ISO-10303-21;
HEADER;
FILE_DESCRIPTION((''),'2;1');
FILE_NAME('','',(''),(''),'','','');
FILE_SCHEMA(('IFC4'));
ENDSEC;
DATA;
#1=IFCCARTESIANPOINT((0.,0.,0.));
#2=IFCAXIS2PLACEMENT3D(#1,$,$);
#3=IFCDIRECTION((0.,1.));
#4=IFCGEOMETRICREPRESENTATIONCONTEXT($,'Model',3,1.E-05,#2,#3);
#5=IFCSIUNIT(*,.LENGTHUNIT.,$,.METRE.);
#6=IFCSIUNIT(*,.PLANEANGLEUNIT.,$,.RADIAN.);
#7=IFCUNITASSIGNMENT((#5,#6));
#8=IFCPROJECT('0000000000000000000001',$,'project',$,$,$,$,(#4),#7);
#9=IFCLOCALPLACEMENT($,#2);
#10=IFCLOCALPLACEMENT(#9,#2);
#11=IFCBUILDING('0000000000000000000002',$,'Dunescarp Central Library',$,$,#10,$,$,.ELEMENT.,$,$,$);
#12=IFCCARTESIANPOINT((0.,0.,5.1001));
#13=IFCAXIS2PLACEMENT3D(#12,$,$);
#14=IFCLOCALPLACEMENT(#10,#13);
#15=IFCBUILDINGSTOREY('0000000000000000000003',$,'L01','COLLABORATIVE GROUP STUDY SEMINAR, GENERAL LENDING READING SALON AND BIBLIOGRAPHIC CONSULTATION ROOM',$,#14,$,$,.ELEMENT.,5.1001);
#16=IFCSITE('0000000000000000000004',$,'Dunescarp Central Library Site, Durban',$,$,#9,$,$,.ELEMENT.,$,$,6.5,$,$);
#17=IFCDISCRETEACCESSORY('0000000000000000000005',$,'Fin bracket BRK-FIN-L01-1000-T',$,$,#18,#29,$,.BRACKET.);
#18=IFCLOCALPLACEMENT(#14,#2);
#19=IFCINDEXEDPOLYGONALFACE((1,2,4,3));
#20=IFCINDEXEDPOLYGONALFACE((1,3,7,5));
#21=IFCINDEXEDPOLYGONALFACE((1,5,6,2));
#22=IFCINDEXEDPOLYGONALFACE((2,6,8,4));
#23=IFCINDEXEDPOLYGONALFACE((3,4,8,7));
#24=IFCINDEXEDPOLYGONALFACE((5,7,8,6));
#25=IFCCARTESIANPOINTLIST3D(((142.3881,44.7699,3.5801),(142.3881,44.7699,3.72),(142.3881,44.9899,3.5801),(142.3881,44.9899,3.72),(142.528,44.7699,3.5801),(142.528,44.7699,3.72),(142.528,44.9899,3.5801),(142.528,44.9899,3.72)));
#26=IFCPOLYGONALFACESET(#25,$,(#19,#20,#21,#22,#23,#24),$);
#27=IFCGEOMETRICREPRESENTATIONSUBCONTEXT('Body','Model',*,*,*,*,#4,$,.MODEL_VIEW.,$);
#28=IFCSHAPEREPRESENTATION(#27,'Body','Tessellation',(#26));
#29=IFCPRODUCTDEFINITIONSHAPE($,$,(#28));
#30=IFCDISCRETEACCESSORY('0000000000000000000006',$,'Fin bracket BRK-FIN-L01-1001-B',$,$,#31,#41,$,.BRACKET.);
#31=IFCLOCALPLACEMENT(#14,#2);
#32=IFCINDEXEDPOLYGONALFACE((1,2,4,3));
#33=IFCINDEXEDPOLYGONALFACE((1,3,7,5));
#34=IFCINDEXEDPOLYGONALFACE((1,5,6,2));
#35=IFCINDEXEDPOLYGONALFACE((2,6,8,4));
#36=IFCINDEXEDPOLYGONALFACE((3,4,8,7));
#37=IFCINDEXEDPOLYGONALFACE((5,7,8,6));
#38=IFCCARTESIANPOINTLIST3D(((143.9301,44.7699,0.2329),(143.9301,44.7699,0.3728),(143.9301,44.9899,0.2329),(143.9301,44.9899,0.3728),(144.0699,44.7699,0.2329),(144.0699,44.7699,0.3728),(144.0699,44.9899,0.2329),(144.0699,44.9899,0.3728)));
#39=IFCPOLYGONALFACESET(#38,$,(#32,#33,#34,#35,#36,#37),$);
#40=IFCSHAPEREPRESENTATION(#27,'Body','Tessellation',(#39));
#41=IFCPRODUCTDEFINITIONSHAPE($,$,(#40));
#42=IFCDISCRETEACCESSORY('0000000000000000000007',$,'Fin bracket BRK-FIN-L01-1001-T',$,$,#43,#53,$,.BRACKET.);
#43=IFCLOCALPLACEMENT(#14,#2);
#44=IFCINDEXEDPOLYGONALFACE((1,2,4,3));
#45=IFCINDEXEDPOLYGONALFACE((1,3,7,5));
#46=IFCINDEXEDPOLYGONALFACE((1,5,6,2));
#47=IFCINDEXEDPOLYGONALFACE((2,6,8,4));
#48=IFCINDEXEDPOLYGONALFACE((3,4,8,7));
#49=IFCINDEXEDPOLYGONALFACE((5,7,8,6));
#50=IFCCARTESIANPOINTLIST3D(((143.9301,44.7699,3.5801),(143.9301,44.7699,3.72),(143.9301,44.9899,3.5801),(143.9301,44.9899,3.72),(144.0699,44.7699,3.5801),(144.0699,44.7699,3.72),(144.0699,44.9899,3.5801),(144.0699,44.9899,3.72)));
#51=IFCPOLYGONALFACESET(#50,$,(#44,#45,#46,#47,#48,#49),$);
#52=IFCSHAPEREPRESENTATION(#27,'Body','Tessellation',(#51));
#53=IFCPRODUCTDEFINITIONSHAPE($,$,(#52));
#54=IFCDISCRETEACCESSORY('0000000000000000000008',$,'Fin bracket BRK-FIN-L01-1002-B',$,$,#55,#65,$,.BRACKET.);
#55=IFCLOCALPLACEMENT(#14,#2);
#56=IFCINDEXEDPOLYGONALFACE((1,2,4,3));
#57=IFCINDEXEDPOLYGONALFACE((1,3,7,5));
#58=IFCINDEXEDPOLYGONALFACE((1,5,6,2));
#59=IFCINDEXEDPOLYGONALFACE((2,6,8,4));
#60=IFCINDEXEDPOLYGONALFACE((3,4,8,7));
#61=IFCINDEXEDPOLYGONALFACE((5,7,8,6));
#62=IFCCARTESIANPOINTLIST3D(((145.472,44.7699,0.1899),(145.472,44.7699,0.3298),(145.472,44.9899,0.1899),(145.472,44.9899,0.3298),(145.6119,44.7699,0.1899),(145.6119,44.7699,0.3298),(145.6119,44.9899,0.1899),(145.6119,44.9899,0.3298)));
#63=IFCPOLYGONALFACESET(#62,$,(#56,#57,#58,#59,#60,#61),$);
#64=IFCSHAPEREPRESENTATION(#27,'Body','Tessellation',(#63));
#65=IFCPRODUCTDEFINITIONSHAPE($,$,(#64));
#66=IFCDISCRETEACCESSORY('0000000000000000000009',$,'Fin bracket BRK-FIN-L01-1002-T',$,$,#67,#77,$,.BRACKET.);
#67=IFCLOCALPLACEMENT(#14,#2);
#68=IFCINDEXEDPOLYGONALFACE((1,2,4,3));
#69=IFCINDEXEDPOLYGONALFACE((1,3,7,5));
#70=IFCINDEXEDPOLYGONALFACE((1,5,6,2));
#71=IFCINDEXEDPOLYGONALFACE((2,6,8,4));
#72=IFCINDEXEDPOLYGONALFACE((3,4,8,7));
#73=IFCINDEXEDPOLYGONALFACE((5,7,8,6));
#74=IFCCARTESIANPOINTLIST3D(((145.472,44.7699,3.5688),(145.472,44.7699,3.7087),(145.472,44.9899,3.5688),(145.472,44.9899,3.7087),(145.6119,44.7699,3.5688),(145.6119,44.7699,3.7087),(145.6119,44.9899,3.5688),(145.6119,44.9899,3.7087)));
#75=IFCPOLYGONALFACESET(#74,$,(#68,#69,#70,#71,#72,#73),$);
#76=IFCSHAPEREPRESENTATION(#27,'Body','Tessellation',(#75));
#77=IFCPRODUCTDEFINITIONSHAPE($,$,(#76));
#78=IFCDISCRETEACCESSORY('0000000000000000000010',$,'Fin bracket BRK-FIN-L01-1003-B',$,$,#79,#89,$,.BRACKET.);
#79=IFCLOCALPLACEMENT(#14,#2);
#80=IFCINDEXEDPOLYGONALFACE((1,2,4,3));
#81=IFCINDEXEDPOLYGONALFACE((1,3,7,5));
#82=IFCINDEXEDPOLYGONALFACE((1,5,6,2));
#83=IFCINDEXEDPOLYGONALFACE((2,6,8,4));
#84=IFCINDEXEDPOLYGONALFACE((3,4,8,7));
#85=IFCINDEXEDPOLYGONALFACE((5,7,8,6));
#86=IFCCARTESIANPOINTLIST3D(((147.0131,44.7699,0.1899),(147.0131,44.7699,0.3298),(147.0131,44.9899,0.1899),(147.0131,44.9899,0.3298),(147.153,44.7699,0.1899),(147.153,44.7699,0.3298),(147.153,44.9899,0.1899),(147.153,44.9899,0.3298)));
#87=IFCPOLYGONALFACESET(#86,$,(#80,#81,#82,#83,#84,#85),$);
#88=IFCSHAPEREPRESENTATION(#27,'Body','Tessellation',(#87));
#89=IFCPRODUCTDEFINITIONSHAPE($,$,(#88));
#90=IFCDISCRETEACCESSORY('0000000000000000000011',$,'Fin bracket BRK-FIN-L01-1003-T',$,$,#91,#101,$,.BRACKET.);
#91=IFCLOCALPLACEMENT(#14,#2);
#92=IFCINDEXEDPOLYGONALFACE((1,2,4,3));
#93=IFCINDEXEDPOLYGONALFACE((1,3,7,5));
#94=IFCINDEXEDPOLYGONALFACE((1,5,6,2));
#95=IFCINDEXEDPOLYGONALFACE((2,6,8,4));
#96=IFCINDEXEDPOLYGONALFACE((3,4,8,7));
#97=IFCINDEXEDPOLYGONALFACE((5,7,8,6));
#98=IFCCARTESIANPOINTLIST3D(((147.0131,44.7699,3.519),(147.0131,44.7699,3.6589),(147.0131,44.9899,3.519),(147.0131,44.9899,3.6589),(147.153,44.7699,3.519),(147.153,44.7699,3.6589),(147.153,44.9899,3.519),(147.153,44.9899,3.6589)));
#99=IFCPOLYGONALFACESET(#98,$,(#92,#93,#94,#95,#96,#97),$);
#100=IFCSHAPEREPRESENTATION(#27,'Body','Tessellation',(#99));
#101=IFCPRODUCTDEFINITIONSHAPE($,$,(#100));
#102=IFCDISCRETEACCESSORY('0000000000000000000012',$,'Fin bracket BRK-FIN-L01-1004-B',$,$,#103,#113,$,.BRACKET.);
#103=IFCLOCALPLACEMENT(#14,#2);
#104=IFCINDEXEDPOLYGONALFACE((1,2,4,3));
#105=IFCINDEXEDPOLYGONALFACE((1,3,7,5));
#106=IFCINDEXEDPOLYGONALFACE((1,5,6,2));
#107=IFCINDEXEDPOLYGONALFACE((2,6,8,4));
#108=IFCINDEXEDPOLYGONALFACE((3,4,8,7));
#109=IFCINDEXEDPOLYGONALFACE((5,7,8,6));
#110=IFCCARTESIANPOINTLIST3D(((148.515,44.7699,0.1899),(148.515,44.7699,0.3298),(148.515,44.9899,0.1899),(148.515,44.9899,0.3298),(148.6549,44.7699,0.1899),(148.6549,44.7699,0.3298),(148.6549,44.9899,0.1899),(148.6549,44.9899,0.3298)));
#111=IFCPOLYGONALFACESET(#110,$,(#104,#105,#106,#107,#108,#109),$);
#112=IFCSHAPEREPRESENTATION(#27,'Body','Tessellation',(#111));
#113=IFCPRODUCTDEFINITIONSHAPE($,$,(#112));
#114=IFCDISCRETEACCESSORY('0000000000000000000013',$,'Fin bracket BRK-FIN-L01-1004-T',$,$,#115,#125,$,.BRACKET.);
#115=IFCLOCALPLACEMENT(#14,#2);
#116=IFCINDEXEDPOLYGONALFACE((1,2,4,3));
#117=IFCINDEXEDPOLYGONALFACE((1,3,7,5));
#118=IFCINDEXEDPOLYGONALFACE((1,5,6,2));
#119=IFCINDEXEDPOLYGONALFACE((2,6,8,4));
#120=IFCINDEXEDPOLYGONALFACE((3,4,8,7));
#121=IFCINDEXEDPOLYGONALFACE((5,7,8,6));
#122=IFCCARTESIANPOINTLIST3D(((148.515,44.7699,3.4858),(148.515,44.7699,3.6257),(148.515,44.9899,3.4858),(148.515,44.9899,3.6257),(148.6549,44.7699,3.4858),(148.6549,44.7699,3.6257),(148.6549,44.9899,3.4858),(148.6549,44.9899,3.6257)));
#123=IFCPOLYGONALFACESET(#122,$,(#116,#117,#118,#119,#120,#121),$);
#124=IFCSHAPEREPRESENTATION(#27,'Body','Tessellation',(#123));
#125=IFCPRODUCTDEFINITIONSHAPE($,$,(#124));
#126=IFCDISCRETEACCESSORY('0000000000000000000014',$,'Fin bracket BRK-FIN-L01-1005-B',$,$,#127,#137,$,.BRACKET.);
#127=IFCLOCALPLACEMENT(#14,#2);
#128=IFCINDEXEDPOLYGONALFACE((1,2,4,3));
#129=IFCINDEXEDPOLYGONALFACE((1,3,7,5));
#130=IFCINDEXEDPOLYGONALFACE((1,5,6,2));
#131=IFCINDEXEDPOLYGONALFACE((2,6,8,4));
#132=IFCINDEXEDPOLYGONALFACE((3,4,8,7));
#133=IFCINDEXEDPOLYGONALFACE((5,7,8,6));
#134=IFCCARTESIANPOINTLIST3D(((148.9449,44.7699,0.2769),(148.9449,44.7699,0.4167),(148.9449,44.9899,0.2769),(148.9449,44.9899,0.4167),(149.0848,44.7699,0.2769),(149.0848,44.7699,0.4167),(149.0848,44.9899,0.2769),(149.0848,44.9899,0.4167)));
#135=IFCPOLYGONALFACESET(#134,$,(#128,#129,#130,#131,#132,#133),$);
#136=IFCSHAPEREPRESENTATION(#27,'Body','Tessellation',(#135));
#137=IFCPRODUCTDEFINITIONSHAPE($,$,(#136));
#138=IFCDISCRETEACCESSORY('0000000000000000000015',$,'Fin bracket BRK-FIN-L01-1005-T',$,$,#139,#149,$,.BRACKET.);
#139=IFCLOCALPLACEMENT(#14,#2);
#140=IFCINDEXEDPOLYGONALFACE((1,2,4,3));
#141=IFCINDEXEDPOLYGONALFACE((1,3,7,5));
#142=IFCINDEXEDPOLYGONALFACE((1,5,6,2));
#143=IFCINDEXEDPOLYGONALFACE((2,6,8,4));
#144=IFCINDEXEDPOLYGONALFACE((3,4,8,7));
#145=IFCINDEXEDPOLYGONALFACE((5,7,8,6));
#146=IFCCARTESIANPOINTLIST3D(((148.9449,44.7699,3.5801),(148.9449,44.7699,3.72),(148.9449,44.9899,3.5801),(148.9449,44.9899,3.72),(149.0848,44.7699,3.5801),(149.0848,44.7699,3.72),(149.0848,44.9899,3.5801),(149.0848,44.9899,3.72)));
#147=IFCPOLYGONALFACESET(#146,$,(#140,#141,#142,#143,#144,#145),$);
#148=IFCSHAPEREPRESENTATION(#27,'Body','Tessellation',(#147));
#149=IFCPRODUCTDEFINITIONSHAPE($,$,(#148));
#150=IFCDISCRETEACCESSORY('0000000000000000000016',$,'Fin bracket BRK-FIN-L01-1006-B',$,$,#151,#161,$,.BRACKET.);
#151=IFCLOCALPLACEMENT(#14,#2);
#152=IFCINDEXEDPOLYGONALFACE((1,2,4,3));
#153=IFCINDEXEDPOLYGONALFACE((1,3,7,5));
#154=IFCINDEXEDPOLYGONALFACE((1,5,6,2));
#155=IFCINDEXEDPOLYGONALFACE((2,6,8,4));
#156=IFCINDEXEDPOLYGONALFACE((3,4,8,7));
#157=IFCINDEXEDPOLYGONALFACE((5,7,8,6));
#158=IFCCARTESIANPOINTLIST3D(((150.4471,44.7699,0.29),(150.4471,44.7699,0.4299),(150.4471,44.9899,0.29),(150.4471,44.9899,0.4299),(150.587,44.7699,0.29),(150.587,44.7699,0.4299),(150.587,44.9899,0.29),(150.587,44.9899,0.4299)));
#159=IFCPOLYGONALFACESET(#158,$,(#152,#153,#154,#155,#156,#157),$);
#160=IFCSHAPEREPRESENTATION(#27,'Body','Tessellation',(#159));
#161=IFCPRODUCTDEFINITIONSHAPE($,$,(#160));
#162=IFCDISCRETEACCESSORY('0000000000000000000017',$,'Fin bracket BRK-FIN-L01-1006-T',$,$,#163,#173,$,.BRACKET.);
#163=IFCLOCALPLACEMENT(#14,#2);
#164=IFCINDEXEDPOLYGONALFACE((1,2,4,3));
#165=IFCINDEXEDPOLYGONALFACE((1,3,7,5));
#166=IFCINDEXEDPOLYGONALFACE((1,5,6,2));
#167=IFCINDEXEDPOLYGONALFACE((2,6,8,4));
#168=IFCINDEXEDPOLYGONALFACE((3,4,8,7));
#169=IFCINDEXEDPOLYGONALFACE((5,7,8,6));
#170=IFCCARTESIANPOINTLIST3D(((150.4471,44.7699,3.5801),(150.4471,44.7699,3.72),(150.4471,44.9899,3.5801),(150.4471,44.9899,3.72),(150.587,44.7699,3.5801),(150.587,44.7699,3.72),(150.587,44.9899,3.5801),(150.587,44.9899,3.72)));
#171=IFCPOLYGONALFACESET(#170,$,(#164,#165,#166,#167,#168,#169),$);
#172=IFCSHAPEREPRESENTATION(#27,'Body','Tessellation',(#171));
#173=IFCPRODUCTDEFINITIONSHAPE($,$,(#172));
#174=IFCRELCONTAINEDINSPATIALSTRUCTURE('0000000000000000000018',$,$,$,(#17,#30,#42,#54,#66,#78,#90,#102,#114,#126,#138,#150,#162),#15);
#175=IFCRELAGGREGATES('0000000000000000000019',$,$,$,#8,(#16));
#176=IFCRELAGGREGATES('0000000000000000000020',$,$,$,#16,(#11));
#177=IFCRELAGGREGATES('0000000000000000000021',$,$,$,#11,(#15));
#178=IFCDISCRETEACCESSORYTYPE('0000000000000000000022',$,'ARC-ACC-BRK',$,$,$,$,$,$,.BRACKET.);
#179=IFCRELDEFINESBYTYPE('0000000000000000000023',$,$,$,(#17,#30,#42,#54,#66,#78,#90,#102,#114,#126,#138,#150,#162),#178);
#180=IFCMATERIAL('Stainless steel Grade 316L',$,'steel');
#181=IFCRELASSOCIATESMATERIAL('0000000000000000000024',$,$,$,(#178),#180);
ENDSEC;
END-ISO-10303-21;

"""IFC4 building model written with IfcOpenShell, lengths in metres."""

from ifc_helpers import new_model, si_unit, direction, frame, origin, origin_2d, place, context, subcontext, project, spatial, rectangle, extrude, material, type_object, element, save


model = new_model("IFC4")

# Units and contexts
model_context = context("Model", 3, precision=1e-05, world=origin(), true_north=direction((0.0, 1.0)))
body_context = subcontext(model_context, "Body", "Model", "MODEL_VIEW")
ifc_project = project(units=[si_unit("LENGTHUNIT", "METRE"), si_unit("PLANEANGLEUNIT", "RADIAN")], contexts=[model_context])

# Site, building, storey
site_placement = place(None, origin())
site = spatial("IfcSite", under=ifc_project, at=site_placement, Name="Dunescarp Central Library Site, Durban", CompositionType="ELEMENT", RefElevation=6.5)
building_placement = place(site_placement, origin())
building = spatial("IfcBuilding", under=site, at=building_placement, Name="Dunescarp Central Library", CompositionType="ELEMENT")
storey_placement = place(building_placement, frame((0.0, 0.0, 5.1001)))
storey = spatial("IfcBuildingStorey", under=building, at=storey_placement, Name="L01", Description="COLLABORATIVE GROUP STUDY SEMINAR, GENERAL LENDING READING SALON AND BIBLIOGRAPHIC CONSULTATION ROOM", CompositionType="ELEMENT", Elevation=5.1001)

# Discrete accessories
ifc_material_1 = material(Name="Stainless steel Grade 316L", Category="steel")
discrete_accessory_type = type_object("IfcDiscreteAccessoryType", Name="ARC-ACC-BRK", PredefinedType="BRACKET", material=ifc_material_1)
for number, where, z_axis, x_axis, name in (
    (1, (142.458, 44.8799, 3.5801), (0.0, 0.0, 1.0), (0.0, 1.0, 0.0), "Fin bracket BRK-FIN-L01-1000-T"),
    (2, (144.0, 44.8799, 0.2329), (0.0, 0.0, 1.0), (0.0, 1.0, 0.0), "Fin bracket BRK-FIN-L01-1001-B"),
    (3, (144.0, 44.8799, 3.5801), (0.0, 0.0, 1.0), (0.0, 1.0, 0.0), "Fin bracket BRK-FIN-L01-1001-T"),
    (4, (145.542, 44.8799, 0.1899), (0.0, 0.0, 1.0), (0.0, 1.0, 0.0), "Fin bracket BRK-FIN-L01-1002-B"),
    (5, (145.542, 44.8799, 3.5688), (0.0, 0.0, 1.0), (0.0, 1.0, 0.0), "Fin bracket BRK-FIN-L01-1002-T"),
    (6, (147.083, 44.8799, 0.1899), (0.0, 0.0, 1.0), (0.0, 1.0, 0.0), "Fin bracket BRK-FIN-L01-1003-B"),
    (7, (147.083, 44.8799, 3.519), (0.0, 0.0, 1.0), (0.0, 1.0, 0.0), "Fin bracket BRK-FIN-L01-1003-T"),
    (8, (148.585, 44.8799, 0.1899), (0.0, 0.0, 1.0), (0.0, 1.0, 0.0), "Fin bracket BRK-FIN-L01-1004-B"),
    (9, (148.585, 44.8799, 3.4858), (0.0, 0.0, 1.0), (0.0, 1.0, 0.0), "Fin bracket BRK-FIN-L01-1004-T"),
    (10, (149.0149, 44.8799, 0.2769), (0.0, 0.0, 1.0), (0.0, 1.0, 0.0), "Fin bracket BRK-FIN-L01-1005-B"),
    (11, (149.0149, 44.8799, 3.5801), (0.0, 0.0, 1.0), (0.0, 1.0, 0.0), "Fin bracket BRK-FIN-L01-1005-T"),
    (12, (150.5171, 44.8799, 0.29), (0.0, 0.0, 1.0), (0.0, 1.0, 0.0), "Fin bracket BRK-FIN-L01-1006-B"),
    (13, (150.5171, 44.8799, 3.5801), (0.0, 0.0, 1.0), (0.0, 1.0, 0.0), "Fin bracket BRK-FIN-L01-1006-T"),
):
    element("IfcDiscreteAccessory", number, at=place(storey_placement, frame(where, z_axis=z_axis, x_axis=x_axis)), inside=storey, type_object=discrete_accessory_type, Name=name, PredefinedType="BRACKET", context=body_context, shape_type="SweptSolid", body=[
        extrude(rectangle(XDim=0.22, YDim=0.1399, at=origin_2d()), origin(), (0.0, 0.0, 1.0), 0.1399),
    ])

save(model, "model.ifc")
